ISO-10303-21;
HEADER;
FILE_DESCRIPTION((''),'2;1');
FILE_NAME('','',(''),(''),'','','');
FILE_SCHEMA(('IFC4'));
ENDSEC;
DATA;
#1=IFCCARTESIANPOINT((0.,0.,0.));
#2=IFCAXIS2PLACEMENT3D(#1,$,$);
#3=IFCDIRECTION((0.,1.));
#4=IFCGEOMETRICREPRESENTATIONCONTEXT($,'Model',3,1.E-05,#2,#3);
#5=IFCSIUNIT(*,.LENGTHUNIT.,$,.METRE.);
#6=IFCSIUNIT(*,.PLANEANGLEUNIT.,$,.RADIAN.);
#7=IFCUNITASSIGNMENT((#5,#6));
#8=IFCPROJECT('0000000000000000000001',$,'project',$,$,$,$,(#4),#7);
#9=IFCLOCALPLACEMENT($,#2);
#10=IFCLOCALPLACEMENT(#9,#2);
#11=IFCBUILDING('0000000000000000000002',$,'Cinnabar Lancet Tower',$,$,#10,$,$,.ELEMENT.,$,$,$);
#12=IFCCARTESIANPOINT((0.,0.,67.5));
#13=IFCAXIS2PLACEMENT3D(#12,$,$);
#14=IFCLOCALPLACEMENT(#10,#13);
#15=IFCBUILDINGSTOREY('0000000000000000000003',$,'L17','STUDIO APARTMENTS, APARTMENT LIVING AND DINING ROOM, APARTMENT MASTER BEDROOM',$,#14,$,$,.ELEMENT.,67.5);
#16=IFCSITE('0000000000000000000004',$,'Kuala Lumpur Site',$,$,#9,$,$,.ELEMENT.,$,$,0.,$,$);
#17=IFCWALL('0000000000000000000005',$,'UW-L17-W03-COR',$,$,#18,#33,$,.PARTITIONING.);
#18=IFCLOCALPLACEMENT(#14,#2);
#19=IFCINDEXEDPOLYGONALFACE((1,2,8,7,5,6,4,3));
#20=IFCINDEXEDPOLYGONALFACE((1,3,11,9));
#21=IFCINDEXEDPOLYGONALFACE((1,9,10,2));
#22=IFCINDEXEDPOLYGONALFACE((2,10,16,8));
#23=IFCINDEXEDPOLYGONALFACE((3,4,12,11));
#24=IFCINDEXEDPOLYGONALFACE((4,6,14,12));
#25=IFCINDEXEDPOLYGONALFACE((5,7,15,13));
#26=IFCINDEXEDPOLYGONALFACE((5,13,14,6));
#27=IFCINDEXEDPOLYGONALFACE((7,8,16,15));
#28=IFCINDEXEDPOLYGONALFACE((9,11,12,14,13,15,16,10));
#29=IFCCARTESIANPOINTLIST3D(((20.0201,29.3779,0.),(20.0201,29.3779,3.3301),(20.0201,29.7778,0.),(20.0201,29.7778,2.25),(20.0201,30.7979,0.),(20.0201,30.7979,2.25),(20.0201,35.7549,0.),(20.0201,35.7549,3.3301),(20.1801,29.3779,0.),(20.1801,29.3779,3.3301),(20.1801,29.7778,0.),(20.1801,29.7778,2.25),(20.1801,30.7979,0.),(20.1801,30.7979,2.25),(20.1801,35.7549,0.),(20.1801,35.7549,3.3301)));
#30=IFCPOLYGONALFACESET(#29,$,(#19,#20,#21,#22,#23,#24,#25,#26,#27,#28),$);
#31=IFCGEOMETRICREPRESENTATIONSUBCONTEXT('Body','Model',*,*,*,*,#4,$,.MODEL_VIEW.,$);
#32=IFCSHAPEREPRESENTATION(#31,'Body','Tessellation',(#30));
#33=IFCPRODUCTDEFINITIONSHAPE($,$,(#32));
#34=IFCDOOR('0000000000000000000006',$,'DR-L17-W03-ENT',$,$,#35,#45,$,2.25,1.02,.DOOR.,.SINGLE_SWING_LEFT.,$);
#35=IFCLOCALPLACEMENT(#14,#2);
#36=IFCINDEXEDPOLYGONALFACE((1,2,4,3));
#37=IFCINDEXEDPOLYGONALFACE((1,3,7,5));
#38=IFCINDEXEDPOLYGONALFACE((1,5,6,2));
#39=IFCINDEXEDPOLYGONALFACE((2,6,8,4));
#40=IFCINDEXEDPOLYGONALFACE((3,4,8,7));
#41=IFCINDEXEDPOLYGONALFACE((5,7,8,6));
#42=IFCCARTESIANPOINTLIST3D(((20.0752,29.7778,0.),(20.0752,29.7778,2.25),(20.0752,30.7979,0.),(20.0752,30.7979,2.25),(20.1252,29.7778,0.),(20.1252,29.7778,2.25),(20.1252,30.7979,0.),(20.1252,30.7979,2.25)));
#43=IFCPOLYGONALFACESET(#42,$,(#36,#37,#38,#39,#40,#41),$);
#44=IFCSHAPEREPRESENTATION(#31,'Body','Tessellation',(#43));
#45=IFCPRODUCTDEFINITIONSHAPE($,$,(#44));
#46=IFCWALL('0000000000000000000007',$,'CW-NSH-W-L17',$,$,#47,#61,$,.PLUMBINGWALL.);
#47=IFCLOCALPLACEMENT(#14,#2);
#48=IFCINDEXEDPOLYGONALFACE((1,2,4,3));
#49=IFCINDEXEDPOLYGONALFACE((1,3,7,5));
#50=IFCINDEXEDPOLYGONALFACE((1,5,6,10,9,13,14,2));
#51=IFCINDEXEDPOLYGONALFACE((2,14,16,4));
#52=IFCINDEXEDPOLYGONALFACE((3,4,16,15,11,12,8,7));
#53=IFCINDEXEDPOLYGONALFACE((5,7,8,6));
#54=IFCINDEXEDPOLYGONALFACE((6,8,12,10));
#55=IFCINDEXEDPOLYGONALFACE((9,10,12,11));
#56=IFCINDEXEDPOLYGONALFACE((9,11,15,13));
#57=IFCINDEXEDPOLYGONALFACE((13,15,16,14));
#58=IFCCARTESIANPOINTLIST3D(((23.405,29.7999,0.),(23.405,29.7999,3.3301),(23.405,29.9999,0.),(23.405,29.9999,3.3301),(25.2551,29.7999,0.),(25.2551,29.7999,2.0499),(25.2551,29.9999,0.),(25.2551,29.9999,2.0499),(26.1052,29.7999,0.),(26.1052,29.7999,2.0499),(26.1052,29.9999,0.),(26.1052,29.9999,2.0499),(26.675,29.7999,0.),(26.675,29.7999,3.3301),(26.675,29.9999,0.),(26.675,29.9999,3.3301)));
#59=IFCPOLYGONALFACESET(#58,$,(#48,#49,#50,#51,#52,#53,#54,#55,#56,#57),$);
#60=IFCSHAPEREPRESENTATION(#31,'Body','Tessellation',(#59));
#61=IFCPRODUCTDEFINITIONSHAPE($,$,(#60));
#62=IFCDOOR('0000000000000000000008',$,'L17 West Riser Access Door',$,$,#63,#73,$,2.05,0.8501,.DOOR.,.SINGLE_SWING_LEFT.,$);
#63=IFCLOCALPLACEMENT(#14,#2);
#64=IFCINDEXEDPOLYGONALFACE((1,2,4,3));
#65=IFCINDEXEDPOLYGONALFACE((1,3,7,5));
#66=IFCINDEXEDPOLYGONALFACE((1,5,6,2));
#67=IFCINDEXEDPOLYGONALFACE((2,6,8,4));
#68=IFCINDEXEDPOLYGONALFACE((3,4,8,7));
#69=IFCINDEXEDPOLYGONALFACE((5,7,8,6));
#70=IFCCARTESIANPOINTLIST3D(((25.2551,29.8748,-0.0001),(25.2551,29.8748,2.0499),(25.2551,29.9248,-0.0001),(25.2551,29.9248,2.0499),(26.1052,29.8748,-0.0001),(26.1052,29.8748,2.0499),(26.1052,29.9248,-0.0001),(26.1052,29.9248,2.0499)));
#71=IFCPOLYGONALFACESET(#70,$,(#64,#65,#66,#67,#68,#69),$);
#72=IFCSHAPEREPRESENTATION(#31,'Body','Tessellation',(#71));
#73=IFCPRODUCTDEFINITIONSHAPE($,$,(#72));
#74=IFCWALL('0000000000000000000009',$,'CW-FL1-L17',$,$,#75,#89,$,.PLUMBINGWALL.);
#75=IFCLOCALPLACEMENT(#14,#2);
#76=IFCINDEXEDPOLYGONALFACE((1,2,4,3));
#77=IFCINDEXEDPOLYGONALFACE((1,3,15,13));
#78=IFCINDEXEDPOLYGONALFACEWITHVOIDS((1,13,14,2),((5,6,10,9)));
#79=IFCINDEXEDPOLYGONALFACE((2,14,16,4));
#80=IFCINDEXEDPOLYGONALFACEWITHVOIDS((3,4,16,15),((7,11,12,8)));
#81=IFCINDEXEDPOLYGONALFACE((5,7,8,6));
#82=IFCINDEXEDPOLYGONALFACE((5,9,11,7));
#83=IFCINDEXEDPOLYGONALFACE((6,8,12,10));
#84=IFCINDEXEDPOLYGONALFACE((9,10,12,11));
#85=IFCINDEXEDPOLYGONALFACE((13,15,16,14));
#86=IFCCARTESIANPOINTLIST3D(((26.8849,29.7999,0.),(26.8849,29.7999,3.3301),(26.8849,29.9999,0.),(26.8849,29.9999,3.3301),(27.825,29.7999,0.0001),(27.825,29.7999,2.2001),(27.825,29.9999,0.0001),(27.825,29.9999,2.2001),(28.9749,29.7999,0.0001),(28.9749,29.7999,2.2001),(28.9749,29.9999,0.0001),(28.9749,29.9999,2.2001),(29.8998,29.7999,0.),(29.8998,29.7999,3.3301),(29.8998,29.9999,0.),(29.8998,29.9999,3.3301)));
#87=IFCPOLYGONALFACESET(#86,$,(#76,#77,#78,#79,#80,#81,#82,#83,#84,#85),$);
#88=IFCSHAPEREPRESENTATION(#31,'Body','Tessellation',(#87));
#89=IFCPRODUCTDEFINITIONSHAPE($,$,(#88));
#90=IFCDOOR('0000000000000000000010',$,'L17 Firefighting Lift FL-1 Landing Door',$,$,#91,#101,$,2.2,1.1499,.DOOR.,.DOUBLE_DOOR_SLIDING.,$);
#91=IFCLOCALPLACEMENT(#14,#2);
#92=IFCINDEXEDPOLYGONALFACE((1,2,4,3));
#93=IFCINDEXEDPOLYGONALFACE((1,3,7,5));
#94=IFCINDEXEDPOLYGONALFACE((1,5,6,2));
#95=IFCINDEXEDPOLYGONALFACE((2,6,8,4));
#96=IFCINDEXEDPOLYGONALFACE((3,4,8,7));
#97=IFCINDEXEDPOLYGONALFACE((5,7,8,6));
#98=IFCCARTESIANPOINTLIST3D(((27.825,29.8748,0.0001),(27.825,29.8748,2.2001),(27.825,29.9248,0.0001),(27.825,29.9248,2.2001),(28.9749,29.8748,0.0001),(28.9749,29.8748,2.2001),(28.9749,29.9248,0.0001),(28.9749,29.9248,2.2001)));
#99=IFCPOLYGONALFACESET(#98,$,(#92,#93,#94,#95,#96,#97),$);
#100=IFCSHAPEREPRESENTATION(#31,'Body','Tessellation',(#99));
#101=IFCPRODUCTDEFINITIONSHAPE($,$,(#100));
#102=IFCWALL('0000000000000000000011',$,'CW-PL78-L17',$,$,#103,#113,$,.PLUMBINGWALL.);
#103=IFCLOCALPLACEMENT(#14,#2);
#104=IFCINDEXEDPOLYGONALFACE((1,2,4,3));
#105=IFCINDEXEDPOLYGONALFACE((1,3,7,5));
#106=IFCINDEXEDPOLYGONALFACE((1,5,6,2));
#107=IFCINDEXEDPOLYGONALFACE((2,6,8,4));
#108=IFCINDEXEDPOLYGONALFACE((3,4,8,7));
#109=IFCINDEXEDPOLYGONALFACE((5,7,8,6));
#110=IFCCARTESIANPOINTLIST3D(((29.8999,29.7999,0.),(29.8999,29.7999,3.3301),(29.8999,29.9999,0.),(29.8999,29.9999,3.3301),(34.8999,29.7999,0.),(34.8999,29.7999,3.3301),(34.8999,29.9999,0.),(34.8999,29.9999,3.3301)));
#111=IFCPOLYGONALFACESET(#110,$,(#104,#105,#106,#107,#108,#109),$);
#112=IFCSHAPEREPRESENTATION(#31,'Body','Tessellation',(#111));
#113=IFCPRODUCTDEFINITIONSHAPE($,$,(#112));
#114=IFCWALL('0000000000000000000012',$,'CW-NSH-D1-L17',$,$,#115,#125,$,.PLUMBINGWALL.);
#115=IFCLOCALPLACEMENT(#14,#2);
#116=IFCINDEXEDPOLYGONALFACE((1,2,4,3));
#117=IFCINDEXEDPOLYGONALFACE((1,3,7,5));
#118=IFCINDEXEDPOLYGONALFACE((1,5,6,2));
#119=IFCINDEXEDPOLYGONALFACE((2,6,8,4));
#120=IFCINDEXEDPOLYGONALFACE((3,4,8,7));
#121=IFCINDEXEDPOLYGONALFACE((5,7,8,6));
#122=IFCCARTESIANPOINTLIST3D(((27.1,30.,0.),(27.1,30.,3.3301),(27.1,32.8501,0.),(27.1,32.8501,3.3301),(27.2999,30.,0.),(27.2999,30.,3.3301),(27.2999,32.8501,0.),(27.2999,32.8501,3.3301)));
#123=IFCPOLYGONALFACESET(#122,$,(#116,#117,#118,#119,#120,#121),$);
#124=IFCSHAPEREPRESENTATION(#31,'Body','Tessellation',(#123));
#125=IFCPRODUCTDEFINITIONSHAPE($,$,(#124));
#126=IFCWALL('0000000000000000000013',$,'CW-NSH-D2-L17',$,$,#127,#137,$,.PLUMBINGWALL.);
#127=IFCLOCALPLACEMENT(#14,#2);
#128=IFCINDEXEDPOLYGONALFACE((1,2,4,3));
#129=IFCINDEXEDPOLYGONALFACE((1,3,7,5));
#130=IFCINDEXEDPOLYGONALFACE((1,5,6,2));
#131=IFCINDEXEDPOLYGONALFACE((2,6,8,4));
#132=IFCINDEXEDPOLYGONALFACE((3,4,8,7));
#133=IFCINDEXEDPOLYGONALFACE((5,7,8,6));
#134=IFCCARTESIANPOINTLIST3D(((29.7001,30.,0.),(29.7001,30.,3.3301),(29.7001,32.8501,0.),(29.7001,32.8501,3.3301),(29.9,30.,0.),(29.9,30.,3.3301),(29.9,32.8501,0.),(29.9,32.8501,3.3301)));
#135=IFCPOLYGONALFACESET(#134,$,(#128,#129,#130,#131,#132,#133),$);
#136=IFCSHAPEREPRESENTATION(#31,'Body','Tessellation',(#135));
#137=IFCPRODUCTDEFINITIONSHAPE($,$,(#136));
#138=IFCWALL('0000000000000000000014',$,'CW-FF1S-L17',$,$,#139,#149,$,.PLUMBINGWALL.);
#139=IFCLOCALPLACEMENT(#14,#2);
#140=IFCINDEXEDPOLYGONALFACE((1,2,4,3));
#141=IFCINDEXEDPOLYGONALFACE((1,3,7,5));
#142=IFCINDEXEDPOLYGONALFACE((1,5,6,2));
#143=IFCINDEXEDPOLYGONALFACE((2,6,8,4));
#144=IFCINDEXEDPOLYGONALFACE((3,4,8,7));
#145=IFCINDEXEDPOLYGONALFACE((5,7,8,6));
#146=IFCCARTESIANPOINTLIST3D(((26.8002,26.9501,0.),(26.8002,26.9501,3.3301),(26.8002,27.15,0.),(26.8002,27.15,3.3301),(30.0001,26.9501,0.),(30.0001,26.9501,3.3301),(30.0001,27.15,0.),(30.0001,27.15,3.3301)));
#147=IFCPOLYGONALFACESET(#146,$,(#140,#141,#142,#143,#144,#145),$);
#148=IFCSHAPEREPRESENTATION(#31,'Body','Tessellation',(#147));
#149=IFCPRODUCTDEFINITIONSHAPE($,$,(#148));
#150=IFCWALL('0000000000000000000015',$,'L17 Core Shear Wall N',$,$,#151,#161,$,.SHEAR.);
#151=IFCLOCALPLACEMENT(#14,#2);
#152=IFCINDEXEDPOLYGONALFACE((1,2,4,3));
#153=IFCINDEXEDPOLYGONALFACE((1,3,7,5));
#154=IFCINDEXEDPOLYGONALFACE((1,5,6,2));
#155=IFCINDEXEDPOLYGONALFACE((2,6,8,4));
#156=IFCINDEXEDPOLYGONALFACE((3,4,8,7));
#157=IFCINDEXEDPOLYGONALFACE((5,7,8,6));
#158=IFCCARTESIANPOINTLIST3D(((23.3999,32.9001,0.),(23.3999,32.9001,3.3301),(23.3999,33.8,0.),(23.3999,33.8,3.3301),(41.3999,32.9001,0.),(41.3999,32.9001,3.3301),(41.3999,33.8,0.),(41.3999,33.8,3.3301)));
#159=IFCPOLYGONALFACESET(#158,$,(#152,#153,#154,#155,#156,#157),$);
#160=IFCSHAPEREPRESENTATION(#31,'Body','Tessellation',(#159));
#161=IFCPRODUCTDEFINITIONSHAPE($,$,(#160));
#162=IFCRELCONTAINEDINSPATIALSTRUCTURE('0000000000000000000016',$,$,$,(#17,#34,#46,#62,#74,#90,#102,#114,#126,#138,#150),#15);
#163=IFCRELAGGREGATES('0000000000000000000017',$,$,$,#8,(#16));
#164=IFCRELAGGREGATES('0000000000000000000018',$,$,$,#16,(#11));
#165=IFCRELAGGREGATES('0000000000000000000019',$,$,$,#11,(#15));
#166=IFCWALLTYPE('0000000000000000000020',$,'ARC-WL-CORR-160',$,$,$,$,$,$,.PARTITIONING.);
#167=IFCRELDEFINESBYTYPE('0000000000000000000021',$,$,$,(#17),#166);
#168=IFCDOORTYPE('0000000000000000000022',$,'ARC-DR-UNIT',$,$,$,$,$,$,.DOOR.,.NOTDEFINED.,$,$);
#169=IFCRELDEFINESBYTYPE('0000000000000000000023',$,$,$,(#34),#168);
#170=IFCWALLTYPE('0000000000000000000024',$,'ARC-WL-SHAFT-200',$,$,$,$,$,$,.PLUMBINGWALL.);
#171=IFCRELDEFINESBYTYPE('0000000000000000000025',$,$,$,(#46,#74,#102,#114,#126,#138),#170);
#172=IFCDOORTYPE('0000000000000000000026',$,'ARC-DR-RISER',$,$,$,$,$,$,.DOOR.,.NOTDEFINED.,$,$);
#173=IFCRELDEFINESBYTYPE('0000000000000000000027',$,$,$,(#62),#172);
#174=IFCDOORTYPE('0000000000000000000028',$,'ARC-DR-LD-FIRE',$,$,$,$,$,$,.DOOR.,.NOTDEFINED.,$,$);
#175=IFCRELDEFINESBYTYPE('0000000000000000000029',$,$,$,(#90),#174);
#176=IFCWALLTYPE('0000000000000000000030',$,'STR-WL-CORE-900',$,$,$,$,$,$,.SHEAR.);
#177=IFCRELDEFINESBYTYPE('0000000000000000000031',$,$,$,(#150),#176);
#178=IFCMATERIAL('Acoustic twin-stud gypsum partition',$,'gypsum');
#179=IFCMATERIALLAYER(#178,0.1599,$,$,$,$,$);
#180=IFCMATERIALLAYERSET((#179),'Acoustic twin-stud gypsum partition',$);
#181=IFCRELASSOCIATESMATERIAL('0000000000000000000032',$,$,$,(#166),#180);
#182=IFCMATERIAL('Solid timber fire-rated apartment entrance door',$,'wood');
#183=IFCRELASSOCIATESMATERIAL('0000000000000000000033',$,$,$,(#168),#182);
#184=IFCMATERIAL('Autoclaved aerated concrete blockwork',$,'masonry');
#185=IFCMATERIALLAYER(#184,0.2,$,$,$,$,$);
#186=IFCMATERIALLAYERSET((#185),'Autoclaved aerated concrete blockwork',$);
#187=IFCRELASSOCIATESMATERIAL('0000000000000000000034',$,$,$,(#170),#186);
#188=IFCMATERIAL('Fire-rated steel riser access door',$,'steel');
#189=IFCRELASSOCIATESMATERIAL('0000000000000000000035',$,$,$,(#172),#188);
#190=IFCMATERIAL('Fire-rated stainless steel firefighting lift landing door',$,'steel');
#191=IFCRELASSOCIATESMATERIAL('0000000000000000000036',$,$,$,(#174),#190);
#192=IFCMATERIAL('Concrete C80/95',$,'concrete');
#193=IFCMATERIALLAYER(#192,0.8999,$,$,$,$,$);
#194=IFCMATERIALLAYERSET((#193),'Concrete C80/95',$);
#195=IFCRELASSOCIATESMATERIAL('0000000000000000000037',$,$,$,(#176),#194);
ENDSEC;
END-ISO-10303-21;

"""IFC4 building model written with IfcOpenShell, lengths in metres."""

from ifc_helpers import new_model, si_unit, direction, frame, frame_2d, origin, place, context, subcontext, project, spatial, rectangle, extrude, material, layer, layer_set, type_object, element, fill, save


model = new_model("IFC4")

# Units and contexts
model_context = context("Model", 3, precision=1e-05, world=origin(), true_north=direction((0.0, 1.0)))
body_context = subcontext(model_context, "Body", "Model", "MODEL_VIEW")
ifc_project = project(units=[si_unit("LENGTHUNIT", "METRE"), si_unit("PLANEANGLEUNIT", "RADIAN")], contexts=[model_context])

# Site, building, storey
site_placement = place(None, origin())
site = spatial("IfcSite", under=ifc_project, at=site_placement, Name="Kuala Lumpur Site", CompositionType="ELEMENT", RefElevation=0.0)
building_placement = place(site_placement, origin())
building = spatial("IfcBuilding", under=site, at=building_placement, Name="Cinnabar Lancet Tower", CompositionType="ELEMENT")
storey_placement = place(building_placement, frame((0.0, 0.0, 67.5)))
storey = spatial("IfcBuildingStorey", under=building, at=storey_placement, Name="L17", Description="STUDIO APARTMENTS, APARTMENT LIVING AND DINING ROOM, APARTMENT MASTER BEDROOM", CompositionType="ELEMENT", Elevation=67.5)

# Walls, openings, doors
ifc_material_1 = material(Name="Acoustic twin-stud gypsum partition", Category="gypsum")
ifc_layer_1 = layer(ifc_material_1, 0.1599)
ifc_layer_set_1 = layer_set([ifc_layer_1], Name="Acoustic twin-stud gypsum partition")
wall_type_1 = type_object("IfcWallType", Name="ARC-WL-CORR-160", PredefinedType="PARTITIONING", material=ifc_layer_set_1)
wall_1_placement = place(storey_placement, frame((20.1001, 29.3779, 0.0), z_axis=(0.0, 0.0, 1.0), x_axis=(0.0, 1.0, 0.0)))
wall_1 = element("IfcWall", 1, at=wall_1_placement, inside=storey, type_object=wall_type_1, Name="UW-L17-W03-COR", PredefinedType="PARTITIONING", context=body_context, shape_type="SweptSolid", body=[
    extrude(rectangle(XDim=6.377, YDim=0.1599, at=frame_2d((3.1885, 0.0))), origin(), (0.0, 0.0, 1.0), 3.3301),
])
opening_1_placement = place(wall_1_placement, frame((0.3999, 0.0, 0.0)))
opening_1 = element("IfcOpeningElement", 2, at=opening_1_placement, cuts=wall_1, PredefinedType="OPENING", context=body_context, shape_type="SweptSolid", body=[
    extrude(rectangle(XDim=1.02, YDim=2.25, at=frame_2d((0.51, 1.125))), frame((0.0, 0.0898, 0.0), z_axis=(0.0, -1.0, 0.0), x_axis=(1.0, 0.0, 0.0)), (0.0, 0.0, 1.0), 0.1799),
])
ifc_material_2 = material(Name="Solid timber fire-rated apartment entrance door", Category="wood")
door_type_1 = type_object("IfcDoorType", Name="ARC-DR-UNIT", OperationType="NOTDEFINED", PredefinedType="DOOR", material=ifc_material_2)
door_1_placement = place(opening_1_placement, origin())
door_1 = element("IfcDoor", 3, at=door_1_placement, inside=storey, type_object=door_type_1, Name="DR-L17-W03-ENT", OperationType="SINGLE_SWING_LEFT", OverallHeight=2.25, OverallWidth=1.02, PredefinedType="DOOR", context=body_context, shape_type="SweptSolid", body=[
    extrude(rectangle(XDim=1.02, YDim=2.25, at=frame_2d((0.51, 1.125))), frame((0.0, 0.0249, 0.0), z_axis=(0.0, -1.0, 0.0), x_axis=(1.0, 0.0, 0.0)), (0.0, 0.0, 1.0), 0.05),
])
fill(opening_1, door_1)
ifc_material_3 = material(Name="Autoclaved aerated concrete blockwork", Category="masonry")
ifc_layer_2 = layer(ifc_material_3, 0.2)
ifc_layer_set_2 = layer_set([ifc_layer_2], Name="Autoclaved aerated concrete blockwork")
wall_type_2 = type_object("IfcWallType", Name="ARC-WL-SHAFT-200", PredefinedType="PLUMBINGWALL", material=ifc_layer_set_2)
wall_2_placement = place(storey_placement, frame((23.405, 29.8999, 0.0), z_axis=(0.0, 0.0, 1.0), x_axis=(1.0, 0.0, 0.0)))
wall_2 = element("IfcWall", 4, at=wall_2_placement, inside=storey, type_object=wall_type_2, Name="CW-NSH-W-L17", PredefinedType="PLUMBINGWALL", context=body_context, shape_type="SweptSolid", body=[
    extrude(rectangle(XDim=3.27, YDim=0.2, at=frame_2d((1.635, 0.0))), origin(), (0.0, 0.0, 1.0), 3.3301),
])
opening_2_placement = place(wall_2_placement, frame((1.8501, 0.0, 0.0)))
opening_2 = element("IfcOpeningElement", 5, at=opening_2_placement, cuts=wall_2, PredefinedType="OPENING", context=body_context, shape_type="SweptSolid", body=[
    extrude(rectangle(XDim=0.8501, YDim=2.05, at=frame_2d((0.425, 1.0249))), frame((0.0, 0.1099, 0.0), z_axis=(0.0, -1.0, 0.0), x_axis=(1.0, 0.0, 0.0)), (0.0, 0.0, 1.0), 0.22),
])
ifc_material_4 = material(Name="Fire-rated steel riser access door", Category="steel")
door_type_2 = type_object("IfcDoorType", Name="ARC-DR-RISER", OperationType="NOTDEFINED", PredefinedType="DOOR", material=ifc_material_4)
door_2_placement = place(opening_2_placement, origin())
door_2 = element("IfcDoor", 6, at=door_2_placement, inside=storey, type_object=door_type_2, Name="L17 West Riser Access Door", OperationType="SINGLE_SWING_LEFT", OverallHeight=2.05, OverallWidth=0.8501, PredefinedType="DOOR", context=body_context, shape_type="SweptSolid", body=[
    extrude(rectangle(XDim=0.8501, YDim=2.05, at=frame_2d((0.425, 1.0249))), frame((0.0, 0.0249, 0.0), z_axis=(0.0, -1.0, 0.0), x_axis=(1.0, 0.0, 0.0)), (0.0, 0.0, 1.0), 0.05),
])
fill(opening_2, door_2)
wall_3_placement = place(storey_placement, frame((26.885, 29.8999, 0.0), z_axis=(0.0, 0.0, 1.0), x_axis=(1.0, 0.0, 0.0)))
wall_3 = element("IfcWall", 7, at=wall_3_placement, inside=storey, type_object=wall_type_2, Name="CW-FL1-L17", PredefinedType="PLUMBINGWALL", context=body_context, shape_type="SweptSolid", body=[
    extrude(rectangle(XDim=3.0149, YDim=0.2, at=frame_2d((1.5073, 0.0))), origin(), (0.0, 0.0, 1.0), 3.3301),
])
opening_3_placement = place(wall_3_placement, frame((0.9399, 0.0, 0.0)))
opening_3 = element("IfcOpeningElement", 8, at=opening_3_placement, cuts=wall_3, PredefinedType="OPENING", context=body_context, shape_type="SweptSolid", body=[
    extrude(rectangle(XDim=1.1499, YDim=2.2, at=frame_2d((0.575, 1.1001))), frame((0.0, 0.1099, 0.0), z_axis=(0.0, -1.0, 0.0), x_axis=(1.0, 0.0, 0.0)), (0.0, 0.0, 1.0), 0.22),
])
ifc_material_5 = material(Name="Fire-rated stainless steel firefighting lift landing door", Category="steel")
door_type_3 = type_object("IfcDoorType", Name="ARC-DR-LD-FIRE", OperationType="NOTDEFINED", PredefinedType="DOOR", material=ifc_material_5)
door_3_placement = place(opening_3_placement, origin())
door_3 = element("IfcDoor", 9, at=door_3_placement, inside=storey, type_object=door_type_3, Name="L17 Firefighting Lift FL-1 Landing Door", OperationType="DOUBLE_DOOR_SLIDING", OverallHeight=2.2, OverallWidth=1.1499, PredefinedType="DOOR", context=body_context, shape_type="SweptSolid", body=[
    extrude(rectangle(XDim=1.1499, YDim=2.2, at=frame_2d((0.575, 1.1001))), frame((0.0, 0.0249, 0.0), z_axis=(0.0, -1.0, 0.0), x_axis=(1.0, 0.0, 0.0)), (0.0, 0.0, 1.0), 0.05),
])
fill(opening_3, door_3)

# Walls
wall_4_placement = place(storey_placement, frame((29.8999, 29.8999, 0.0), z_axis=(0.0, 0.0, 1.0), x_axis=(1.0, 0.0, 0.0)))
element("IfcWall", 10, at=wall_4_placement, inside=storey, type_object=wall_type_2, Name="CW-PL78-L17", PredefinedType="PLUMBINGWALL", context=body_context, shape_type="SweptSolid", body=[
    extrude(rectangle(XDim=5.0, YDim=0.2, at=frame_2d((2.5, 0.0))), origin(), (0.0, 0.0, 1.0), 3.3301),
])
for number, where, z_axis, x_axis, name in (
    (11, (27.2, 30.0, 0.0), (0.0, 0.0, 1.0), (0.0, 1.0, 0.0), "CW-NSH-D1-L17"),
    (12, (29.8, 30.0, 0.0), (0.0, 0.0, 1.0), (0.0, 1.0, 0.0), "CW-NSH-D2-L17"),
):
    element("IfcWall", number, at=place(storey_placement, frame(where, z_axis=z_axis, x_axis=x_axis)), inside=storey, type_object=wall_type_2, Name=name, PredefinedType="PLUMBINGWALL", context=body_context, shape_type="SweptSolid", body=[
        extrude(rectangle(XDim=2.8501, YDim=0.2, at=frame_2d((1.425, 0.0))), origin(), (0.0, 0.0, 1.0), 3.3301),
    ])

# Walls
wall_5_placement = place(storey_placement, frame((26.8, 27.05, 0.0), z_axis=(0.0, 0.0, 1.0), x_axis=(1.0, 0.0, 0.0)))
element("IfcWall", 13, at=wall_5_placement, inside=storey, type_object=wall_type_2, Name="CW-FF1S-L17", PredefinedType="PLUMBINGWALL", context=body_context, shape_type="SweptSolid", body=[
    extrude(rectangle(XDim=3.2, YDim=0.2, at=frame_2d((1.6001, 0.0))), origin(), (0.0, 0.0, 1.0), 3.3301),
])
ifc_material_6 = material(Name="Concrete C80/95", Category="concrete")
ifc_layer_3 = layer(ifc_material_6, 0.8999)
ifc_layer_set_3 = layer_set([ifc_layer_3], Name="Concrete C80/95")
wall_type_3 = type_object("IfcWallType", Name="STR-WL-CORE-900", PredefinedType="SHEAR", material=ifc_layer_set_3)
wall_6_placement = place(storey_placement, frame((23.3999, 33.3501, 0.0), z_axis=(0.0, 0.0, 1.0), x_axis=(1.0, 0.0, 0.0)))
element("IfcWall", 14, at=wall_6_placement, inside=storey, type_object=wall_type_3, Name="L17 Core Shear Wall N", PredefinedType="SHEAR", context=body_context, shape_type="SweptSolid", body=[
    extrude(rectangle(XDim=18.0, YDim=0.8999, at=frame_2d((9.0, 0.0))), origin(), (0.0, 0.0, 1.0), 3.3301),
])

save(model, "model.ifc")
